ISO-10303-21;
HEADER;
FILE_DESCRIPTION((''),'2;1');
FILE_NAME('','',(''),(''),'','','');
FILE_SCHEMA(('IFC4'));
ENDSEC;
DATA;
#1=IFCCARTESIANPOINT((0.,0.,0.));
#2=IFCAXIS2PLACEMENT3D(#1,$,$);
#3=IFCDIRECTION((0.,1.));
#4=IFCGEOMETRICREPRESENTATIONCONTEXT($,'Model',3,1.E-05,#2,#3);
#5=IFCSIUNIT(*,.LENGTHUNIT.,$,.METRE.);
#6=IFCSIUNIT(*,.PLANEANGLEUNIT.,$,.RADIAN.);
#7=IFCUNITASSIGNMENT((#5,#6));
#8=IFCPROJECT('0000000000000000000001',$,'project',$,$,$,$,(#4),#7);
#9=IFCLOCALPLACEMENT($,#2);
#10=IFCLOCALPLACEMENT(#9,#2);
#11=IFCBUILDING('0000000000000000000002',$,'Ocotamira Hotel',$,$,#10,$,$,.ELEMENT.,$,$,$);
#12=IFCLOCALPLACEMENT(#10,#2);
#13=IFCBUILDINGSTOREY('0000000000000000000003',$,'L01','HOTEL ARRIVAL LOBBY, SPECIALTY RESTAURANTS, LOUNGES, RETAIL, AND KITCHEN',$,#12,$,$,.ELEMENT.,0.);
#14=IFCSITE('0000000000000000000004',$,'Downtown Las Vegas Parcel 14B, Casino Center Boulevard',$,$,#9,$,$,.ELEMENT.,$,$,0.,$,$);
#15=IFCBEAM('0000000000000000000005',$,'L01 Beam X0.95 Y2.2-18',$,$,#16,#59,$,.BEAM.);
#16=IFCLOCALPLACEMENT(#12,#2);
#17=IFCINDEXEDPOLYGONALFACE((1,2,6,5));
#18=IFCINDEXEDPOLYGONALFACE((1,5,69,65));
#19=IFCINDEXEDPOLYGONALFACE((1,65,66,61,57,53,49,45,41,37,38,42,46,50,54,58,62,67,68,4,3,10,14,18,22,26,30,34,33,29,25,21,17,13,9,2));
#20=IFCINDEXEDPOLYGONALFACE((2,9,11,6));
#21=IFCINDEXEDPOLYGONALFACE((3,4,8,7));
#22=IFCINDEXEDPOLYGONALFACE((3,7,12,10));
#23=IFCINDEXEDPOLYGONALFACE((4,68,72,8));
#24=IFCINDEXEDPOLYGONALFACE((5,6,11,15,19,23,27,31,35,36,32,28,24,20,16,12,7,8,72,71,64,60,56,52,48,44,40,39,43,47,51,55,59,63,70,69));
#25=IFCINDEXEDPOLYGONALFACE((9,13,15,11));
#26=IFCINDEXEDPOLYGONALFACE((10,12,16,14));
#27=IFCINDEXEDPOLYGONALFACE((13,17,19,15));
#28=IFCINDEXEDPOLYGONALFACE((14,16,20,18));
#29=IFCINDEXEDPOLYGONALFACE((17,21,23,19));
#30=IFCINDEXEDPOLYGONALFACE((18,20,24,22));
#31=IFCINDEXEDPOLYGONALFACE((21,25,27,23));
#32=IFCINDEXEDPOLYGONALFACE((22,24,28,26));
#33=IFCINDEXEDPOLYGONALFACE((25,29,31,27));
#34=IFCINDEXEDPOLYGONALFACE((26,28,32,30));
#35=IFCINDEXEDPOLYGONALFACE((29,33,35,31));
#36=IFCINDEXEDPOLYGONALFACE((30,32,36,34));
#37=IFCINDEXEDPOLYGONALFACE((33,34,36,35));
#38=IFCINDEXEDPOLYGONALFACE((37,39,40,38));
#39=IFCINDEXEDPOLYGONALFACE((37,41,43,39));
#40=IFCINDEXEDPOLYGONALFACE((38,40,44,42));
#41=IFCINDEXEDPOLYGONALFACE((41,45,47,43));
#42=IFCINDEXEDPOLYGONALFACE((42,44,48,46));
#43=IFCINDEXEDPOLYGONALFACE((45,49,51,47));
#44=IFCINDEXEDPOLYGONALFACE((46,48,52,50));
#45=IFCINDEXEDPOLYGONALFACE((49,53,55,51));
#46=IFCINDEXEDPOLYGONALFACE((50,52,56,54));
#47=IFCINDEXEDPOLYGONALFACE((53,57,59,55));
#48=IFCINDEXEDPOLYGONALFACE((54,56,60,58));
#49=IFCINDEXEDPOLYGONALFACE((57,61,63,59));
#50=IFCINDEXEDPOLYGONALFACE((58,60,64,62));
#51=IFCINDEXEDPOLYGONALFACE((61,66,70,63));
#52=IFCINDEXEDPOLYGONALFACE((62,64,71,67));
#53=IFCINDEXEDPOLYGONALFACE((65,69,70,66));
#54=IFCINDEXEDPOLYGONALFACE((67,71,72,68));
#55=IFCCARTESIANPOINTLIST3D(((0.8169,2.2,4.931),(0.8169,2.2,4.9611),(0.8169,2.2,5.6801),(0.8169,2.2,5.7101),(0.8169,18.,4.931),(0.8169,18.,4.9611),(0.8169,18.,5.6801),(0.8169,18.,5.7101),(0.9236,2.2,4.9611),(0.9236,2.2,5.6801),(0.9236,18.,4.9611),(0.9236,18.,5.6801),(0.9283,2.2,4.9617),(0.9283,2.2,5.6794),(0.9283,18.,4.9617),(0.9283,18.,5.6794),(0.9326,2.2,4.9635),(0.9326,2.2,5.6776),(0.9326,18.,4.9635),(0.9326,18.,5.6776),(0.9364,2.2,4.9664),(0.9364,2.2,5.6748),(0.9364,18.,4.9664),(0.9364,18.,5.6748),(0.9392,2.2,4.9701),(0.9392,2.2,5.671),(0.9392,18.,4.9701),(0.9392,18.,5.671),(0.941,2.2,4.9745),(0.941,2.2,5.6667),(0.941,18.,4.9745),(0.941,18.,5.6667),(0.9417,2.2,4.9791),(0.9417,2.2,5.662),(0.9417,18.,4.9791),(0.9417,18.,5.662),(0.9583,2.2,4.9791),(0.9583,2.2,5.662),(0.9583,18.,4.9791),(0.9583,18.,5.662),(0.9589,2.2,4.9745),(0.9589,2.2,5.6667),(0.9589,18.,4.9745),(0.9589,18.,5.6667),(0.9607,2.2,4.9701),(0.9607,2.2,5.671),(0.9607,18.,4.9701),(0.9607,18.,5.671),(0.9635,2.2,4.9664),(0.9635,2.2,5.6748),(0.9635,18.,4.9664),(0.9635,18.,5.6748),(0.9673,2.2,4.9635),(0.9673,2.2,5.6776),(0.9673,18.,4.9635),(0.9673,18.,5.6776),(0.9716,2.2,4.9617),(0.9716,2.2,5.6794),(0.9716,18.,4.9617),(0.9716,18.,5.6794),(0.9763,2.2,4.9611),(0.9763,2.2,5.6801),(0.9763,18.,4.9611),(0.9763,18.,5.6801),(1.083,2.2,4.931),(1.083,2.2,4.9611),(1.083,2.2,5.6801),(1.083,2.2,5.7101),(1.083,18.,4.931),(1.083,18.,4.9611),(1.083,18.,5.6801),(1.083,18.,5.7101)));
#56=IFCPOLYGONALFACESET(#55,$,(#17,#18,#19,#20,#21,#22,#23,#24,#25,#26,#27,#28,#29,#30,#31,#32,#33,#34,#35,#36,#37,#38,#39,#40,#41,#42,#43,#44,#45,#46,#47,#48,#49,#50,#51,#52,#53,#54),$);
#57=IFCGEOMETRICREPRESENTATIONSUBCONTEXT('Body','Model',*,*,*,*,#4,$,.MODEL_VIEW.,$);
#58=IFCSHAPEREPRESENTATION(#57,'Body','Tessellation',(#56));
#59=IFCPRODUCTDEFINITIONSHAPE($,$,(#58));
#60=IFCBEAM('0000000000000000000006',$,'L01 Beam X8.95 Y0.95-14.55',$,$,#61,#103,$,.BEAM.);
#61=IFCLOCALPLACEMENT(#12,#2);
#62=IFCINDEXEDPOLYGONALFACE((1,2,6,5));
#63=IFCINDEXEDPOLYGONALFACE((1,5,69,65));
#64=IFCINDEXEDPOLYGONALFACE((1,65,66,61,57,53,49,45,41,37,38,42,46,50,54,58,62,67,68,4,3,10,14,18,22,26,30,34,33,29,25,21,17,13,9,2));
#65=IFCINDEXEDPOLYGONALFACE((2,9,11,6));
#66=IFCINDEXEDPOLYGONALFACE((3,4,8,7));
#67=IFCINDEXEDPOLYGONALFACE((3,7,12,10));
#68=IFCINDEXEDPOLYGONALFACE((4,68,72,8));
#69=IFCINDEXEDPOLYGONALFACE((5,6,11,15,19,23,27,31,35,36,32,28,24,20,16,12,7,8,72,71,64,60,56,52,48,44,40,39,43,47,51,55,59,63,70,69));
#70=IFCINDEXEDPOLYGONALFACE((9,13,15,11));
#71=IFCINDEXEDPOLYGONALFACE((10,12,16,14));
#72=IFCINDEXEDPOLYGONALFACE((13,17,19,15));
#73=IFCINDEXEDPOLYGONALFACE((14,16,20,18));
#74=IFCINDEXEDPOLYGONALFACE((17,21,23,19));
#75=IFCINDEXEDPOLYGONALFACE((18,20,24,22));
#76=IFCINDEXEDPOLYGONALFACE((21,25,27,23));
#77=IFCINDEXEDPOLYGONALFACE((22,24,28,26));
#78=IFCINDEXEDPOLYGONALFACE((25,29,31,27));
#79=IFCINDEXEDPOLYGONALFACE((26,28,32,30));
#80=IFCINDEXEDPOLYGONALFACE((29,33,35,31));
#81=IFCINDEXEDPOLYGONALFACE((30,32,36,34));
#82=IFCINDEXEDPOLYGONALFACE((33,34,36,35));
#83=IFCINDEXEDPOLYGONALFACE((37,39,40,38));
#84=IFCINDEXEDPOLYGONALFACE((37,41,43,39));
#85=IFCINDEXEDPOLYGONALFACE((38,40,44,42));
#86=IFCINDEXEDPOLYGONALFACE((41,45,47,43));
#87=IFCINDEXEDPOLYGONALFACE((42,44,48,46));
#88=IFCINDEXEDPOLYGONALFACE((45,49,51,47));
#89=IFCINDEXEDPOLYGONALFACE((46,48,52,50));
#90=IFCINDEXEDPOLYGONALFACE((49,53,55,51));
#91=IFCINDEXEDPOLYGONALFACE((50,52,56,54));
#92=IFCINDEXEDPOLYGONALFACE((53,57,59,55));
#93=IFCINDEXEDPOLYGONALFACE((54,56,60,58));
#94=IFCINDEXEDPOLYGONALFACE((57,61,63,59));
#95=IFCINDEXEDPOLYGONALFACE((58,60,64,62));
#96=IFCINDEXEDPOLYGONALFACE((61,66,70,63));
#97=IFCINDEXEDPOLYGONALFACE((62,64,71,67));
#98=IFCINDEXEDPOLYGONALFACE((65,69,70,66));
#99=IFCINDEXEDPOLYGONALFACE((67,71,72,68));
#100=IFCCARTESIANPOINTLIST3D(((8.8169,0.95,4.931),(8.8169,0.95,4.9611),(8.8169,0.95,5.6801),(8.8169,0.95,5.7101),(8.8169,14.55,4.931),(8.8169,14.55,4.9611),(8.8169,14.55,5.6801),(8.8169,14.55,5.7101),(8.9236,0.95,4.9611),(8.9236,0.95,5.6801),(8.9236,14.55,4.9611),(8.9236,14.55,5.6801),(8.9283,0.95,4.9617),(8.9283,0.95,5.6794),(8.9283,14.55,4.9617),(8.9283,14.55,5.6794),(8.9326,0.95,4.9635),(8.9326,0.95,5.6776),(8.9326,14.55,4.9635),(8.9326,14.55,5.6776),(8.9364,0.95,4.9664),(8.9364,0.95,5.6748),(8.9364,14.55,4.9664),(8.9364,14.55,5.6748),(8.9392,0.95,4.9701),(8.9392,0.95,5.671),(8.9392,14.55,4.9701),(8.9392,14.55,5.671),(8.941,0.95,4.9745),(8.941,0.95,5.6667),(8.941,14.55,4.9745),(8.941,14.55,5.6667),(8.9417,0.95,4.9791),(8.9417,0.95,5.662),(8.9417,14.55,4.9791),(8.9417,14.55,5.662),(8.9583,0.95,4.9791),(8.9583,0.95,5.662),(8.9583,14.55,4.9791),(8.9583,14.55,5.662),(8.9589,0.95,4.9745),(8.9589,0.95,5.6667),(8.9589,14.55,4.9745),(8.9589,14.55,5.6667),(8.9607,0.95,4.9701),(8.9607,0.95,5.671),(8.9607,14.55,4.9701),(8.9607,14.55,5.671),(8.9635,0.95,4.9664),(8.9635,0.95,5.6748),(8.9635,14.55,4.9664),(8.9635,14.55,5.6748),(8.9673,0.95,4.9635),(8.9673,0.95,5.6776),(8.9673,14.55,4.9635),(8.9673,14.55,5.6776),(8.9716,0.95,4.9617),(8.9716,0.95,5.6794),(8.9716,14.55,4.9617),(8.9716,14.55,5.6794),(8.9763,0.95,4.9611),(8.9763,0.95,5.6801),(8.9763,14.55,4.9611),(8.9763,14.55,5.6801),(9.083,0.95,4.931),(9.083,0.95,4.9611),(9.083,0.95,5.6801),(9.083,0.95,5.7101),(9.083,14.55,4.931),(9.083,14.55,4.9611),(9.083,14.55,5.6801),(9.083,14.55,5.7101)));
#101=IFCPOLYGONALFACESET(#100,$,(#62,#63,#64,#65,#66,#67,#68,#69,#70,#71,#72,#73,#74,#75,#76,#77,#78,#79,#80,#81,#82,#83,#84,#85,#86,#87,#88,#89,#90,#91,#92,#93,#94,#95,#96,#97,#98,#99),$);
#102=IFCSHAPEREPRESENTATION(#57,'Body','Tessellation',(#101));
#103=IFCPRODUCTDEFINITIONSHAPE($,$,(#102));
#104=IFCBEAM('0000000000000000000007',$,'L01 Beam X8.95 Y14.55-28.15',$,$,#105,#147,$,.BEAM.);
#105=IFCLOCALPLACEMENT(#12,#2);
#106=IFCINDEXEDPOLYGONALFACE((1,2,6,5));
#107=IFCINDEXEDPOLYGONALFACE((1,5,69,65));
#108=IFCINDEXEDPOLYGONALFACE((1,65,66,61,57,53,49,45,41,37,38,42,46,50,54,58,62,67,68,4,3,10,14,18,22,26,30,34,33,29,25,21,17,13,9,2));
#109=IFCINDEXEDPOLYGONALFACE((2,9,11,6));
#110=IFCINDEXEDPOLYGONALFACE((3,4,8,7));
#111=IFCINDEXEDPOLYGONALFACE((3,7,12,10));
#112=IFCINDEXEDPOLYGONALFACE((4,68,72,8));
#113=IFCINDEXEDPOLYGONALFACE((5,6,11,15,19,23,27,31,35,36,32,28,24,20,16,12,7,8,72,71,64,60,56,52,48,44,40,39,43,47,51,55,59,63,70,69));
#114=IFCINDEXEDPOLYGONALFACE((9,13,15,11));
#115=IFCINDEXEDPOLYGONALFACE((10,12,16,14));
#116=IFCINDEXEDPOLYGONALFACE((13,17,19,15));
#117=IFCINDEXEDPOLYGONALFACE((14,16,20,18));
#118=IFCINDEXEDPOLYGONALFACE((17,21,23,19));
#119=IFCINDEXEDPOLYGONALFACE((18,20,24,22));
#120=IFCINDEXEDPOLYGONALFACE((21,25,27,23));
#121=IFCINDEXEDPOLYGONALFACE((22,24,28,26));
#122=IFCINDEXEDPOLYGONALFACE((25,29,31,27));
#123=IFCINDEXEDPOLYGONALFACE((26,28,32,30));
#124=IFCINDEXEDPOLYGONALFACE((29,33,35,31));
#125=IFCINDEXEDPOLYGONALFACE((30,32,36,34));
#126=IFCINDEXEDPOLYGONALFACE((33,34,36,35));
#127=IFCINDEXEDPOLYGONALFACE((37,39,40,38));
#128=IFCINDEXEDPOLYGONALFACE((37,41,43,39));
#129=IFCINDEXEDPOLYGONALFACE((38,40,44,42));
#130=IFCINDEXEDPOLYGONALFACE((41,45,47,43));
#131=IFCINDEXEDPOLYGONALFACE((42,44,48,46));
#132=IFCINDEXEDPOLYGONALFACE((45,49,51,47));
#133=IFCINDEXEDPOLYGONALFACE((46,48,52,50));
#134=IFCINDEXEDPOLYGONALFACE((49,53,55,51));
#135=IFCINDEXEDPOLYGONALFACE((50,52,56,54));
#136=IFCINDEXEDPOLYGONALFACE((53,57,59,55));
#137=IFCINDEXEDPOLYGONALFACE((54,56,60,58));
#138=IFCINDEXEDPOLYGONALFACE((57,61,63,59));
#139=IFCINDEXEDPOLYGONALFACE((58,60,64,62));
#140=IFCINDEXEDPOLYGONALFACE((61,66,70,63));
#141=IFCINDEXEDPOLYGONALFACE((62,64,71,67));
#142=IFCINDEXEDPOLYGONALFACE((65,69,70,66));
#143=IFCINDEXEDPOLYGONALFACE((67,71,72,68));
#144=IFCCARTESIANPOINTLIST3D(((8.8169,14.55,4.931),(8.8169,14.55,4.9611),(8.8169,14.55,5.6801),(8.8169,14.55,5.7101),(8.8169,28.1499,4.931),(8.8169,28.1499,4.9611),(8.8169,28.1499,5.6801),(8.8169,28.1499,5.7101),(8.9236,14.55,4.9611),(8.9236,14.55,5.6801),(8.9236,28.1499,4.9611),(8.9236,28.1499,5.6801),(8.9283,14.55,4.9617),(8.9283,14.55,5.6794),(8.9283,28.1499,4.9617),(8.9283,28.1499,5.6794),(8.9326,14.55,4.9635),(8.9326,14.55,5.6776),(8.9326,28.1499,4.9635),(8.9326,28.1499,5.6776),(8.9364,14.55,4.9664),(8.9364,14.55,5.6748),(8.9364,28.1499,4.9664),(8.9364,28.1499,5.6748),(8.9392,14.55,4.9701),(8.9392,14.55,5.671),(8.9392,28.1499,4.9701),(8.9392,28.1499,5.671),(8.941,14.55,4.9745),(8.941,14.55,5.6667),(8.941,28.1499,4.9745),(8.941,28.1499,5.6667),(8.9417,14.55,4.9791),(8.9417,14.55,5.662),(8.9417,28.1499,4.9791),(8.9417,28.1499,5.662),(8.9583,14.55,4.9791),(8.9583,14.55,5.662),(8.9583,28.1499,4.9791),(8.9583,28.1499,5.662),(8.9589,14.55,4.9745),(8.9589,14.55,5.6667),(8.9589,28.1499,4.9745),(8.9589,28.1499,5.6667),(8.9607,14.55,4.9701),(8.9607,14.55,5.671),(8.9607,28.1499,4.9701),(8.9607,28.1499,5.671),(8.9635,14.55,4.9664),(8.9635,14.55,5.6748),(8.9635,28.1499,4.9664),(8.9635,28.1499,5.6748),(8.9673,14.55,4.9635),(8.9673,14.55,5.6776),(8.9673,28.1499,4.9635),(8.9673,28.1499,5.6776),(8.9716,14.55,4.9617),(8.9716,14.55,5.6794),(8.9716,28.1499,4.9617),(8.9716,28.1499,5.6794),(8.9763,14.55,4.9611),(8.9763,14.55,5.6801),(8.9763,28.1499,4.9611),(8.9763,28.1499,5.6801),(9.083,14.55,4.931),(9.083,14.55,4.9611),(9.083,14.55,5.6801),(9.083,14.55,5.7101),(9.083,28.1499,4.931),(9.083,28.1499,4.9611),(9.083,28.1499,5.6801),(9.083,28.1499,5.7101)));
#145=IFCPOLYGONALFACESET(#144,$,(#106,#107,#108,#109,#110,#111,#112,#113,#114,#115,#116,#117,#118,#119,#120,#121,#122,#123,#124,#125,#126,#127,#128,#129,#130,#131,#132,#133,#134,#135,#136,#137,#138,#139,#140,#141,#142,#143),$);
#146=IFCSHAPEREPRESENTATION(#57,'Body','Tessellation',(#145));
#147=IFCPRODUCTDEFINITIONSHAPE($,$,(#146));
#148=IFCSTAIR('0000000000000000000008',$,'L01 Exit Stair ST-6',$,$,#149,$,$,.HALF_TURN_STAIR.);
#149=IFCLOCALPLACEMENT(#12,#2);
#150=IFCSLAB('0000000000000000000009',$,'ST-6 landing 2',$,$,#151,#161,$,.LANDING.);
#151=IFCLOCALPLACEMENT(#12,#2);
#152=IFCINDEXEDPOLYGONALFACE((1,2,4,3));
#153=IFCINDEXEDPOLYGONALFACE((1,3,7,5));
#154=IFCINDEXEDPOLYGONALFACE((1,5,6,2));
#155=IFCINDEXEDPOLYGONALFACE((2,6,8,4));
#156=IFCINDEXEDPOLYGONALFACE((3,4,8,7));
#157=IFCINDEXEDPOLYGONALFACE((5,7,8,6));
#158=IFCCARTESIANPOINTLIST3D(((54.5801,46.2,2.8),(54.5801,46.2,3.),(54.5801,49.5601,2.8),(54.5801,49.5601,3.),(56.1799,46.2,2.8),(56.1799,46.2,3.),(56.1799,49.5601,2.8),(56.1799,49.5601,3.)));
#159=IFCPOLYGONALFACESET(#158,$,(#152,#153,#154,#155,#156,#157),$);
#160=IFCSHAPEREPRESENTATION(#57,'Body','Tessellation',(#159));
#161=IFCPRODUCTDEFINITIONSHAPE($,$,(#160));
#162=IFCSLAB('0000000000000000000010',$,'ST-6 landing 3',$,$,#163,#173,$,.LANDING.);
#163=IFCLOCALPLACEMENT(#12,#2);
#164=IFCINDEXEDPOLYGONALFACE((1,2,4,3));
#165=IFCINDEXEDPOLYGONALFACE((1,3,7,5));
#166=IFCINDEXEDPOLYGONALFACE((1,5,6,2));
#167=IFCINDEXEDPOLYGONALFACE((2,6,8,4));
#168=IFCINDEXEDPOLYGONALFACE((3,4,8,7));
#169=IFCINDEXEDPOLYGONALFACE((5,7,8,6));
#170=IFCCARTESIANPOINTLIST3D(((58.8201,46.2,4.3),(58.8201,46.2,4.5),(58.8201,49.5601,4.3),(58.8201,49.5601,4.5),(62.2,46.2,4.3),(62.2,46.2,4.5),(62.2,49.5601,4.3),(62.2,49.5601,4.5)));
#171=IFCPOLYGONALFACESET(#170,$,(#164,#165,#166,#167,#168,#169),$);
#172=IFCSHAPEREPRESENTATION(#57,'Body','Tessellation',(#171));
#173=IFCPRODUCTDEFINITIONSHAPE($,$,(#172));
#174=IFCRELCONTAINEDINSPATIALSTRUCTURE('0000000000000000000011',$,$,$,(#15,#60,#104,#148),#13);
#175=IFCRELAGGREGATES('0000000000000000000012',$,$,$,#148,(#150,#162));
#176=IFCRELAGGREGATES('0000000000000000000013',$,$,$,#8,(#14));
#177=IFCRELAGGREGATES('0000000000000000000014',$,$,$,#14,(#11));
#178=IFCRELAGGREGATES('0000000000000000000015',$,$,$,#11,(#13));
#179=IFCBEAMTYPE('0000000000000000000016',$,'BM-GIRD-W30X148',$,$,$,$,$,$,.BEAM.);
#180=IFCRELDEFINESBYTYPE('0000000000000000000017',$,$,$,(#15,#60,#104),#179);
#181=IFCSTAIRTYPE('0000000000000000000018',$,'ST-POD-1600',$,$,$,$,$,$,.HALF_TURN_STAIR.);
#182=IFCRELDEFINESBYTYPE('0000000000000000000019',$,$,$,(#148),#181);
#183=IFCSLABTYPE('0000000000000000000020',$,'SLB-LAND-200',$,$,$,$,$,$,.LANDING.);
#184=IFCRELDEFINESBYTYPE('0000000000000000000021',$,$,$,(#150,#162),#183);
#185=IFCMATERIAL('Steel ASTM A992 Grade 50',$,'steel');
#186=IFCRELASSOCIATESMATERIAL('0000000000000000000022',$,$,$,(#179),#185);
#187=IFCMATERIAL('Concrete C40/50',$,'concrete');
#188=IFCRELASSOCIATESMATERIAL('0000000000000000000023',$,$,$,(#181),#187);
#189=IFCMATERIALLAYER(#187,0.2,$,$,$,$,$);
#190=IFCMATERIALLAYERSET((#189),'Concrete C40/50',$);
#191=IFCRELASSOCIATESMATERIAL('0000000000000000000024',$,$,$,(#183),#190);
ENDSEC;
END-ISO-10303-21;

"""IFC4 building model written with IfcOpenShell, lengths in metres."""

from ifc_helpers import new_model, si_unit, direction, frame, origin, origin_2d, place, context, subcontext, project, spatial, polyline, i_section, outline, extrude, source, transform, mapped, material, layer, layer_set, material_profile, profile_set, type_object, element, aggregate, save


model = new_model("IFC4")

# Units and contexts
model_context = context("Model", 3, precision=1e-05, world=origin(), true_north=direction((0.0, 1.0)))
body_context = subcontext(model_context, "Body", "Model", "MODEL_VIEW")
ifc_project = project(units=[si_unit("LENGTHUNIT", "METRE"), si_unit("PLANEANGLEUNIT", "RADIAN")], contexts=[model_context])

# Site, building, storey
site_placement = place(None, origin())
site = spatial("IfcSite", under=ifc_project, at=site_placement, Name="Downtown Las Vegas Parcel 14B, Casino Center Boulevard", CompositionType="ELEMENT", RefElevation=0.0)
building_placement = place(site_placement, origin())
building = spatial("IfcBuilding", under=site, at=building_placement, Name="Ocotamira Hotel", CompositionType="ELEMENT")
storey_placement = place(building_placement, origin())
storey = spatial("IfcBuildingStorey", under=building, at=storey_placement, Name="L01", Description="HOTEL ARRIVAL LOBBY, SPECIALTY RESTAURANTS, LOUNGES, RETAIL, AND KITCHEN", CompositionType="ELEMENT", Elevation=0.0)

# Beams
ifc_material_1 = material(Name="Steel ASTM A992 Grade 50", Category="steel")
ifc_material_profile_1 = material_profile(ifc_material_1, i_section(OverallWidth=0.2661, OverallDepth=0.7791, WebThickness=0.0166, FlangeThickness=0.03, FilletRadius=0.0181, at=origin_2d()), Name="W30X148")
ifc_profile_set_1 = profile_set([ifc_material_profile_1], Name="Steel ASTM A992 Grade 50")
beam_type_1 = type_object("IfcBeamType", Name="BM-GIRD-W30X148", PredefinedType="BEAM", material=ifc_profile_set_1)
shared_shape_1 = source(origin(), body_context, "Body", "SweptSolid", [
    extrude(i_section(OverallWidth=0.2661, OverallDepth=0.7791, WebThickness=0.0166, FlangeThickness=0.03, FilletRadius=0.0181, at=origin_2d()), origin(), (0.0, 0.0, 1.0), 15.8),
])
beam_1_placement = place(storey_placement, frame((0.95, 2.2, 5.3206), z_axis=(0.0, 1.0, 0.0), x_axis=(-1.0, 0.0, 0.0)))
element("IfcBeam", 1, at=beam_1_placement, inside=storey, type_object=beam_type_1, Name="L01 Beam X0.95 Y2.2-18", PredefinedType="BEAM", context=body_context, shape_type="MappedRepresentation", body=[
    mapped(shared_shape_1, transform((0.0, 0.0, 0.0), scale=1.0)),
])
shared_shape_2 = source(origin(), body_context, "Body", "SweptSolid", [
    extrude(i_section(OverallWidth=0.2661, OverallDepth=0.7791, WebThickness=0.0166, FlangeThickness=0.03, FilletRadius=0.0181, at=origin_2d()), origin(), (0.0, 0.0, 1.0), 13.6001),
])
beam_2_placement = place(storey_placement, frame((8.95, 0.95, 5.3206), z_axis=(0.0, 1.0, 0.0), x_axis=(-1.0, 0.0, 0.0)))
element("IfcBeam", 2, at=beam_2_placement, inside=storey, type_object=beam_type_1, Name="L01 Beam X8.95 Y0.95-14.55", PredefinedType="BEAM", context=body_context, shape_type="MappedRepresentation", body=[
    mapped(shared_shape_2, transform((0.0, 0.0, 0.0), scale=1.0)),
])
shared_shape_3 = source(origin(), body_context, "Body", "SweptSolid", [
    extrude(i_section(OverallWidth=0.2661, OverallDepth=0.7791, WebThickness=0.0166, FlangeThickness=0.03, FilletRadius=0.0181, at=origin_2d()), origin(), (0.0, 0.0, 1.0), 13.5999),
])
beam_3_placement = place(storey_placement, frame((8.95, 14.55, 5.3206), z_axis=(0.0, 1.0, 0.0), x_axis=(-1.0, 0.0, 0.0)))
element("IfcBeam", 3, at=beam_3_placement, inside=storey, type_object=beam_type_1, Name="L01 Beam X8.95 Y14.55-28.15", PredefinedType="BEAM", context=body_context, shape_type="MappedRepresentation", body=[
    mapped(shared_shape_3, transform((0.0, 0.0, 0.0), scale=1.0)),
])

# Stair, slabs
ifc_material_2 = material(Name="Concrete C40/50", Category="concrete")
stair_type = type_object("IfcStairType", Name="ST-POD-1600", PredefinedType="HALF_TURN_STAIR", material=ifc_material_2)
stair_placement = place(storey_placement, origin())
stair = element("IfcStair", 4, at=stair_placement, inside=storey, type_object=stair_type, Name="L01 Exit Stair ST-6", PredefinedType="HALF_TURN_STAIR")
ifc_layer_1 = layer(ifc_material_2, 0.2)
ifc_layer_set_1 = layer_set([ifc_layer_1], Name="Concrete C40/50")
slab_type = type_object("IfcSlabType", Name="SLB-LAND-200", PredefinedType="LANDING", material=ifc_layer_set_1)
slab_1_placement = place(storey_placement, frame((0.0, 0.0, 2.8)))
slab_1 = element("IfcSlab", 5, at=slab_1_placement, type_object=slab_type, Name="ST-6 landing 2", PredefinedType="LANDING", context=body_context, shape_type="SweptSolid", body=[
    extrude(outline(polyline([(54.5801, 46.2), (56.1799, 46.2), (56.1799, 49.5601), (54.5801, 49.5601), (54.5801, 46.2)])), origin(), (0.0, 0.0, 1.0), 0.2),
])
slab_2_placement = place(storey_placement, frame((0.0, 0.0, 4.3)))
slab_2 = element("IfcSlab", 6, at=slab_2_placement, type_object=slab_type, Name="ST-6 landing 3", PredefinedType="LANDING", context=body_context, shape_type="SweptSolid", body=[
    extrude(outline(polyline([(58.8201, 46.2), (62.2, 46.2), (62.2, 49.5601), (58.8201, 49.5601), (58.8201, 46.2)])), origin(), (0.0, 0.0, 1.0), 0.2),
])
aggregate(stair, [slab_1, slab_2])

save(model, "model.ifc")
